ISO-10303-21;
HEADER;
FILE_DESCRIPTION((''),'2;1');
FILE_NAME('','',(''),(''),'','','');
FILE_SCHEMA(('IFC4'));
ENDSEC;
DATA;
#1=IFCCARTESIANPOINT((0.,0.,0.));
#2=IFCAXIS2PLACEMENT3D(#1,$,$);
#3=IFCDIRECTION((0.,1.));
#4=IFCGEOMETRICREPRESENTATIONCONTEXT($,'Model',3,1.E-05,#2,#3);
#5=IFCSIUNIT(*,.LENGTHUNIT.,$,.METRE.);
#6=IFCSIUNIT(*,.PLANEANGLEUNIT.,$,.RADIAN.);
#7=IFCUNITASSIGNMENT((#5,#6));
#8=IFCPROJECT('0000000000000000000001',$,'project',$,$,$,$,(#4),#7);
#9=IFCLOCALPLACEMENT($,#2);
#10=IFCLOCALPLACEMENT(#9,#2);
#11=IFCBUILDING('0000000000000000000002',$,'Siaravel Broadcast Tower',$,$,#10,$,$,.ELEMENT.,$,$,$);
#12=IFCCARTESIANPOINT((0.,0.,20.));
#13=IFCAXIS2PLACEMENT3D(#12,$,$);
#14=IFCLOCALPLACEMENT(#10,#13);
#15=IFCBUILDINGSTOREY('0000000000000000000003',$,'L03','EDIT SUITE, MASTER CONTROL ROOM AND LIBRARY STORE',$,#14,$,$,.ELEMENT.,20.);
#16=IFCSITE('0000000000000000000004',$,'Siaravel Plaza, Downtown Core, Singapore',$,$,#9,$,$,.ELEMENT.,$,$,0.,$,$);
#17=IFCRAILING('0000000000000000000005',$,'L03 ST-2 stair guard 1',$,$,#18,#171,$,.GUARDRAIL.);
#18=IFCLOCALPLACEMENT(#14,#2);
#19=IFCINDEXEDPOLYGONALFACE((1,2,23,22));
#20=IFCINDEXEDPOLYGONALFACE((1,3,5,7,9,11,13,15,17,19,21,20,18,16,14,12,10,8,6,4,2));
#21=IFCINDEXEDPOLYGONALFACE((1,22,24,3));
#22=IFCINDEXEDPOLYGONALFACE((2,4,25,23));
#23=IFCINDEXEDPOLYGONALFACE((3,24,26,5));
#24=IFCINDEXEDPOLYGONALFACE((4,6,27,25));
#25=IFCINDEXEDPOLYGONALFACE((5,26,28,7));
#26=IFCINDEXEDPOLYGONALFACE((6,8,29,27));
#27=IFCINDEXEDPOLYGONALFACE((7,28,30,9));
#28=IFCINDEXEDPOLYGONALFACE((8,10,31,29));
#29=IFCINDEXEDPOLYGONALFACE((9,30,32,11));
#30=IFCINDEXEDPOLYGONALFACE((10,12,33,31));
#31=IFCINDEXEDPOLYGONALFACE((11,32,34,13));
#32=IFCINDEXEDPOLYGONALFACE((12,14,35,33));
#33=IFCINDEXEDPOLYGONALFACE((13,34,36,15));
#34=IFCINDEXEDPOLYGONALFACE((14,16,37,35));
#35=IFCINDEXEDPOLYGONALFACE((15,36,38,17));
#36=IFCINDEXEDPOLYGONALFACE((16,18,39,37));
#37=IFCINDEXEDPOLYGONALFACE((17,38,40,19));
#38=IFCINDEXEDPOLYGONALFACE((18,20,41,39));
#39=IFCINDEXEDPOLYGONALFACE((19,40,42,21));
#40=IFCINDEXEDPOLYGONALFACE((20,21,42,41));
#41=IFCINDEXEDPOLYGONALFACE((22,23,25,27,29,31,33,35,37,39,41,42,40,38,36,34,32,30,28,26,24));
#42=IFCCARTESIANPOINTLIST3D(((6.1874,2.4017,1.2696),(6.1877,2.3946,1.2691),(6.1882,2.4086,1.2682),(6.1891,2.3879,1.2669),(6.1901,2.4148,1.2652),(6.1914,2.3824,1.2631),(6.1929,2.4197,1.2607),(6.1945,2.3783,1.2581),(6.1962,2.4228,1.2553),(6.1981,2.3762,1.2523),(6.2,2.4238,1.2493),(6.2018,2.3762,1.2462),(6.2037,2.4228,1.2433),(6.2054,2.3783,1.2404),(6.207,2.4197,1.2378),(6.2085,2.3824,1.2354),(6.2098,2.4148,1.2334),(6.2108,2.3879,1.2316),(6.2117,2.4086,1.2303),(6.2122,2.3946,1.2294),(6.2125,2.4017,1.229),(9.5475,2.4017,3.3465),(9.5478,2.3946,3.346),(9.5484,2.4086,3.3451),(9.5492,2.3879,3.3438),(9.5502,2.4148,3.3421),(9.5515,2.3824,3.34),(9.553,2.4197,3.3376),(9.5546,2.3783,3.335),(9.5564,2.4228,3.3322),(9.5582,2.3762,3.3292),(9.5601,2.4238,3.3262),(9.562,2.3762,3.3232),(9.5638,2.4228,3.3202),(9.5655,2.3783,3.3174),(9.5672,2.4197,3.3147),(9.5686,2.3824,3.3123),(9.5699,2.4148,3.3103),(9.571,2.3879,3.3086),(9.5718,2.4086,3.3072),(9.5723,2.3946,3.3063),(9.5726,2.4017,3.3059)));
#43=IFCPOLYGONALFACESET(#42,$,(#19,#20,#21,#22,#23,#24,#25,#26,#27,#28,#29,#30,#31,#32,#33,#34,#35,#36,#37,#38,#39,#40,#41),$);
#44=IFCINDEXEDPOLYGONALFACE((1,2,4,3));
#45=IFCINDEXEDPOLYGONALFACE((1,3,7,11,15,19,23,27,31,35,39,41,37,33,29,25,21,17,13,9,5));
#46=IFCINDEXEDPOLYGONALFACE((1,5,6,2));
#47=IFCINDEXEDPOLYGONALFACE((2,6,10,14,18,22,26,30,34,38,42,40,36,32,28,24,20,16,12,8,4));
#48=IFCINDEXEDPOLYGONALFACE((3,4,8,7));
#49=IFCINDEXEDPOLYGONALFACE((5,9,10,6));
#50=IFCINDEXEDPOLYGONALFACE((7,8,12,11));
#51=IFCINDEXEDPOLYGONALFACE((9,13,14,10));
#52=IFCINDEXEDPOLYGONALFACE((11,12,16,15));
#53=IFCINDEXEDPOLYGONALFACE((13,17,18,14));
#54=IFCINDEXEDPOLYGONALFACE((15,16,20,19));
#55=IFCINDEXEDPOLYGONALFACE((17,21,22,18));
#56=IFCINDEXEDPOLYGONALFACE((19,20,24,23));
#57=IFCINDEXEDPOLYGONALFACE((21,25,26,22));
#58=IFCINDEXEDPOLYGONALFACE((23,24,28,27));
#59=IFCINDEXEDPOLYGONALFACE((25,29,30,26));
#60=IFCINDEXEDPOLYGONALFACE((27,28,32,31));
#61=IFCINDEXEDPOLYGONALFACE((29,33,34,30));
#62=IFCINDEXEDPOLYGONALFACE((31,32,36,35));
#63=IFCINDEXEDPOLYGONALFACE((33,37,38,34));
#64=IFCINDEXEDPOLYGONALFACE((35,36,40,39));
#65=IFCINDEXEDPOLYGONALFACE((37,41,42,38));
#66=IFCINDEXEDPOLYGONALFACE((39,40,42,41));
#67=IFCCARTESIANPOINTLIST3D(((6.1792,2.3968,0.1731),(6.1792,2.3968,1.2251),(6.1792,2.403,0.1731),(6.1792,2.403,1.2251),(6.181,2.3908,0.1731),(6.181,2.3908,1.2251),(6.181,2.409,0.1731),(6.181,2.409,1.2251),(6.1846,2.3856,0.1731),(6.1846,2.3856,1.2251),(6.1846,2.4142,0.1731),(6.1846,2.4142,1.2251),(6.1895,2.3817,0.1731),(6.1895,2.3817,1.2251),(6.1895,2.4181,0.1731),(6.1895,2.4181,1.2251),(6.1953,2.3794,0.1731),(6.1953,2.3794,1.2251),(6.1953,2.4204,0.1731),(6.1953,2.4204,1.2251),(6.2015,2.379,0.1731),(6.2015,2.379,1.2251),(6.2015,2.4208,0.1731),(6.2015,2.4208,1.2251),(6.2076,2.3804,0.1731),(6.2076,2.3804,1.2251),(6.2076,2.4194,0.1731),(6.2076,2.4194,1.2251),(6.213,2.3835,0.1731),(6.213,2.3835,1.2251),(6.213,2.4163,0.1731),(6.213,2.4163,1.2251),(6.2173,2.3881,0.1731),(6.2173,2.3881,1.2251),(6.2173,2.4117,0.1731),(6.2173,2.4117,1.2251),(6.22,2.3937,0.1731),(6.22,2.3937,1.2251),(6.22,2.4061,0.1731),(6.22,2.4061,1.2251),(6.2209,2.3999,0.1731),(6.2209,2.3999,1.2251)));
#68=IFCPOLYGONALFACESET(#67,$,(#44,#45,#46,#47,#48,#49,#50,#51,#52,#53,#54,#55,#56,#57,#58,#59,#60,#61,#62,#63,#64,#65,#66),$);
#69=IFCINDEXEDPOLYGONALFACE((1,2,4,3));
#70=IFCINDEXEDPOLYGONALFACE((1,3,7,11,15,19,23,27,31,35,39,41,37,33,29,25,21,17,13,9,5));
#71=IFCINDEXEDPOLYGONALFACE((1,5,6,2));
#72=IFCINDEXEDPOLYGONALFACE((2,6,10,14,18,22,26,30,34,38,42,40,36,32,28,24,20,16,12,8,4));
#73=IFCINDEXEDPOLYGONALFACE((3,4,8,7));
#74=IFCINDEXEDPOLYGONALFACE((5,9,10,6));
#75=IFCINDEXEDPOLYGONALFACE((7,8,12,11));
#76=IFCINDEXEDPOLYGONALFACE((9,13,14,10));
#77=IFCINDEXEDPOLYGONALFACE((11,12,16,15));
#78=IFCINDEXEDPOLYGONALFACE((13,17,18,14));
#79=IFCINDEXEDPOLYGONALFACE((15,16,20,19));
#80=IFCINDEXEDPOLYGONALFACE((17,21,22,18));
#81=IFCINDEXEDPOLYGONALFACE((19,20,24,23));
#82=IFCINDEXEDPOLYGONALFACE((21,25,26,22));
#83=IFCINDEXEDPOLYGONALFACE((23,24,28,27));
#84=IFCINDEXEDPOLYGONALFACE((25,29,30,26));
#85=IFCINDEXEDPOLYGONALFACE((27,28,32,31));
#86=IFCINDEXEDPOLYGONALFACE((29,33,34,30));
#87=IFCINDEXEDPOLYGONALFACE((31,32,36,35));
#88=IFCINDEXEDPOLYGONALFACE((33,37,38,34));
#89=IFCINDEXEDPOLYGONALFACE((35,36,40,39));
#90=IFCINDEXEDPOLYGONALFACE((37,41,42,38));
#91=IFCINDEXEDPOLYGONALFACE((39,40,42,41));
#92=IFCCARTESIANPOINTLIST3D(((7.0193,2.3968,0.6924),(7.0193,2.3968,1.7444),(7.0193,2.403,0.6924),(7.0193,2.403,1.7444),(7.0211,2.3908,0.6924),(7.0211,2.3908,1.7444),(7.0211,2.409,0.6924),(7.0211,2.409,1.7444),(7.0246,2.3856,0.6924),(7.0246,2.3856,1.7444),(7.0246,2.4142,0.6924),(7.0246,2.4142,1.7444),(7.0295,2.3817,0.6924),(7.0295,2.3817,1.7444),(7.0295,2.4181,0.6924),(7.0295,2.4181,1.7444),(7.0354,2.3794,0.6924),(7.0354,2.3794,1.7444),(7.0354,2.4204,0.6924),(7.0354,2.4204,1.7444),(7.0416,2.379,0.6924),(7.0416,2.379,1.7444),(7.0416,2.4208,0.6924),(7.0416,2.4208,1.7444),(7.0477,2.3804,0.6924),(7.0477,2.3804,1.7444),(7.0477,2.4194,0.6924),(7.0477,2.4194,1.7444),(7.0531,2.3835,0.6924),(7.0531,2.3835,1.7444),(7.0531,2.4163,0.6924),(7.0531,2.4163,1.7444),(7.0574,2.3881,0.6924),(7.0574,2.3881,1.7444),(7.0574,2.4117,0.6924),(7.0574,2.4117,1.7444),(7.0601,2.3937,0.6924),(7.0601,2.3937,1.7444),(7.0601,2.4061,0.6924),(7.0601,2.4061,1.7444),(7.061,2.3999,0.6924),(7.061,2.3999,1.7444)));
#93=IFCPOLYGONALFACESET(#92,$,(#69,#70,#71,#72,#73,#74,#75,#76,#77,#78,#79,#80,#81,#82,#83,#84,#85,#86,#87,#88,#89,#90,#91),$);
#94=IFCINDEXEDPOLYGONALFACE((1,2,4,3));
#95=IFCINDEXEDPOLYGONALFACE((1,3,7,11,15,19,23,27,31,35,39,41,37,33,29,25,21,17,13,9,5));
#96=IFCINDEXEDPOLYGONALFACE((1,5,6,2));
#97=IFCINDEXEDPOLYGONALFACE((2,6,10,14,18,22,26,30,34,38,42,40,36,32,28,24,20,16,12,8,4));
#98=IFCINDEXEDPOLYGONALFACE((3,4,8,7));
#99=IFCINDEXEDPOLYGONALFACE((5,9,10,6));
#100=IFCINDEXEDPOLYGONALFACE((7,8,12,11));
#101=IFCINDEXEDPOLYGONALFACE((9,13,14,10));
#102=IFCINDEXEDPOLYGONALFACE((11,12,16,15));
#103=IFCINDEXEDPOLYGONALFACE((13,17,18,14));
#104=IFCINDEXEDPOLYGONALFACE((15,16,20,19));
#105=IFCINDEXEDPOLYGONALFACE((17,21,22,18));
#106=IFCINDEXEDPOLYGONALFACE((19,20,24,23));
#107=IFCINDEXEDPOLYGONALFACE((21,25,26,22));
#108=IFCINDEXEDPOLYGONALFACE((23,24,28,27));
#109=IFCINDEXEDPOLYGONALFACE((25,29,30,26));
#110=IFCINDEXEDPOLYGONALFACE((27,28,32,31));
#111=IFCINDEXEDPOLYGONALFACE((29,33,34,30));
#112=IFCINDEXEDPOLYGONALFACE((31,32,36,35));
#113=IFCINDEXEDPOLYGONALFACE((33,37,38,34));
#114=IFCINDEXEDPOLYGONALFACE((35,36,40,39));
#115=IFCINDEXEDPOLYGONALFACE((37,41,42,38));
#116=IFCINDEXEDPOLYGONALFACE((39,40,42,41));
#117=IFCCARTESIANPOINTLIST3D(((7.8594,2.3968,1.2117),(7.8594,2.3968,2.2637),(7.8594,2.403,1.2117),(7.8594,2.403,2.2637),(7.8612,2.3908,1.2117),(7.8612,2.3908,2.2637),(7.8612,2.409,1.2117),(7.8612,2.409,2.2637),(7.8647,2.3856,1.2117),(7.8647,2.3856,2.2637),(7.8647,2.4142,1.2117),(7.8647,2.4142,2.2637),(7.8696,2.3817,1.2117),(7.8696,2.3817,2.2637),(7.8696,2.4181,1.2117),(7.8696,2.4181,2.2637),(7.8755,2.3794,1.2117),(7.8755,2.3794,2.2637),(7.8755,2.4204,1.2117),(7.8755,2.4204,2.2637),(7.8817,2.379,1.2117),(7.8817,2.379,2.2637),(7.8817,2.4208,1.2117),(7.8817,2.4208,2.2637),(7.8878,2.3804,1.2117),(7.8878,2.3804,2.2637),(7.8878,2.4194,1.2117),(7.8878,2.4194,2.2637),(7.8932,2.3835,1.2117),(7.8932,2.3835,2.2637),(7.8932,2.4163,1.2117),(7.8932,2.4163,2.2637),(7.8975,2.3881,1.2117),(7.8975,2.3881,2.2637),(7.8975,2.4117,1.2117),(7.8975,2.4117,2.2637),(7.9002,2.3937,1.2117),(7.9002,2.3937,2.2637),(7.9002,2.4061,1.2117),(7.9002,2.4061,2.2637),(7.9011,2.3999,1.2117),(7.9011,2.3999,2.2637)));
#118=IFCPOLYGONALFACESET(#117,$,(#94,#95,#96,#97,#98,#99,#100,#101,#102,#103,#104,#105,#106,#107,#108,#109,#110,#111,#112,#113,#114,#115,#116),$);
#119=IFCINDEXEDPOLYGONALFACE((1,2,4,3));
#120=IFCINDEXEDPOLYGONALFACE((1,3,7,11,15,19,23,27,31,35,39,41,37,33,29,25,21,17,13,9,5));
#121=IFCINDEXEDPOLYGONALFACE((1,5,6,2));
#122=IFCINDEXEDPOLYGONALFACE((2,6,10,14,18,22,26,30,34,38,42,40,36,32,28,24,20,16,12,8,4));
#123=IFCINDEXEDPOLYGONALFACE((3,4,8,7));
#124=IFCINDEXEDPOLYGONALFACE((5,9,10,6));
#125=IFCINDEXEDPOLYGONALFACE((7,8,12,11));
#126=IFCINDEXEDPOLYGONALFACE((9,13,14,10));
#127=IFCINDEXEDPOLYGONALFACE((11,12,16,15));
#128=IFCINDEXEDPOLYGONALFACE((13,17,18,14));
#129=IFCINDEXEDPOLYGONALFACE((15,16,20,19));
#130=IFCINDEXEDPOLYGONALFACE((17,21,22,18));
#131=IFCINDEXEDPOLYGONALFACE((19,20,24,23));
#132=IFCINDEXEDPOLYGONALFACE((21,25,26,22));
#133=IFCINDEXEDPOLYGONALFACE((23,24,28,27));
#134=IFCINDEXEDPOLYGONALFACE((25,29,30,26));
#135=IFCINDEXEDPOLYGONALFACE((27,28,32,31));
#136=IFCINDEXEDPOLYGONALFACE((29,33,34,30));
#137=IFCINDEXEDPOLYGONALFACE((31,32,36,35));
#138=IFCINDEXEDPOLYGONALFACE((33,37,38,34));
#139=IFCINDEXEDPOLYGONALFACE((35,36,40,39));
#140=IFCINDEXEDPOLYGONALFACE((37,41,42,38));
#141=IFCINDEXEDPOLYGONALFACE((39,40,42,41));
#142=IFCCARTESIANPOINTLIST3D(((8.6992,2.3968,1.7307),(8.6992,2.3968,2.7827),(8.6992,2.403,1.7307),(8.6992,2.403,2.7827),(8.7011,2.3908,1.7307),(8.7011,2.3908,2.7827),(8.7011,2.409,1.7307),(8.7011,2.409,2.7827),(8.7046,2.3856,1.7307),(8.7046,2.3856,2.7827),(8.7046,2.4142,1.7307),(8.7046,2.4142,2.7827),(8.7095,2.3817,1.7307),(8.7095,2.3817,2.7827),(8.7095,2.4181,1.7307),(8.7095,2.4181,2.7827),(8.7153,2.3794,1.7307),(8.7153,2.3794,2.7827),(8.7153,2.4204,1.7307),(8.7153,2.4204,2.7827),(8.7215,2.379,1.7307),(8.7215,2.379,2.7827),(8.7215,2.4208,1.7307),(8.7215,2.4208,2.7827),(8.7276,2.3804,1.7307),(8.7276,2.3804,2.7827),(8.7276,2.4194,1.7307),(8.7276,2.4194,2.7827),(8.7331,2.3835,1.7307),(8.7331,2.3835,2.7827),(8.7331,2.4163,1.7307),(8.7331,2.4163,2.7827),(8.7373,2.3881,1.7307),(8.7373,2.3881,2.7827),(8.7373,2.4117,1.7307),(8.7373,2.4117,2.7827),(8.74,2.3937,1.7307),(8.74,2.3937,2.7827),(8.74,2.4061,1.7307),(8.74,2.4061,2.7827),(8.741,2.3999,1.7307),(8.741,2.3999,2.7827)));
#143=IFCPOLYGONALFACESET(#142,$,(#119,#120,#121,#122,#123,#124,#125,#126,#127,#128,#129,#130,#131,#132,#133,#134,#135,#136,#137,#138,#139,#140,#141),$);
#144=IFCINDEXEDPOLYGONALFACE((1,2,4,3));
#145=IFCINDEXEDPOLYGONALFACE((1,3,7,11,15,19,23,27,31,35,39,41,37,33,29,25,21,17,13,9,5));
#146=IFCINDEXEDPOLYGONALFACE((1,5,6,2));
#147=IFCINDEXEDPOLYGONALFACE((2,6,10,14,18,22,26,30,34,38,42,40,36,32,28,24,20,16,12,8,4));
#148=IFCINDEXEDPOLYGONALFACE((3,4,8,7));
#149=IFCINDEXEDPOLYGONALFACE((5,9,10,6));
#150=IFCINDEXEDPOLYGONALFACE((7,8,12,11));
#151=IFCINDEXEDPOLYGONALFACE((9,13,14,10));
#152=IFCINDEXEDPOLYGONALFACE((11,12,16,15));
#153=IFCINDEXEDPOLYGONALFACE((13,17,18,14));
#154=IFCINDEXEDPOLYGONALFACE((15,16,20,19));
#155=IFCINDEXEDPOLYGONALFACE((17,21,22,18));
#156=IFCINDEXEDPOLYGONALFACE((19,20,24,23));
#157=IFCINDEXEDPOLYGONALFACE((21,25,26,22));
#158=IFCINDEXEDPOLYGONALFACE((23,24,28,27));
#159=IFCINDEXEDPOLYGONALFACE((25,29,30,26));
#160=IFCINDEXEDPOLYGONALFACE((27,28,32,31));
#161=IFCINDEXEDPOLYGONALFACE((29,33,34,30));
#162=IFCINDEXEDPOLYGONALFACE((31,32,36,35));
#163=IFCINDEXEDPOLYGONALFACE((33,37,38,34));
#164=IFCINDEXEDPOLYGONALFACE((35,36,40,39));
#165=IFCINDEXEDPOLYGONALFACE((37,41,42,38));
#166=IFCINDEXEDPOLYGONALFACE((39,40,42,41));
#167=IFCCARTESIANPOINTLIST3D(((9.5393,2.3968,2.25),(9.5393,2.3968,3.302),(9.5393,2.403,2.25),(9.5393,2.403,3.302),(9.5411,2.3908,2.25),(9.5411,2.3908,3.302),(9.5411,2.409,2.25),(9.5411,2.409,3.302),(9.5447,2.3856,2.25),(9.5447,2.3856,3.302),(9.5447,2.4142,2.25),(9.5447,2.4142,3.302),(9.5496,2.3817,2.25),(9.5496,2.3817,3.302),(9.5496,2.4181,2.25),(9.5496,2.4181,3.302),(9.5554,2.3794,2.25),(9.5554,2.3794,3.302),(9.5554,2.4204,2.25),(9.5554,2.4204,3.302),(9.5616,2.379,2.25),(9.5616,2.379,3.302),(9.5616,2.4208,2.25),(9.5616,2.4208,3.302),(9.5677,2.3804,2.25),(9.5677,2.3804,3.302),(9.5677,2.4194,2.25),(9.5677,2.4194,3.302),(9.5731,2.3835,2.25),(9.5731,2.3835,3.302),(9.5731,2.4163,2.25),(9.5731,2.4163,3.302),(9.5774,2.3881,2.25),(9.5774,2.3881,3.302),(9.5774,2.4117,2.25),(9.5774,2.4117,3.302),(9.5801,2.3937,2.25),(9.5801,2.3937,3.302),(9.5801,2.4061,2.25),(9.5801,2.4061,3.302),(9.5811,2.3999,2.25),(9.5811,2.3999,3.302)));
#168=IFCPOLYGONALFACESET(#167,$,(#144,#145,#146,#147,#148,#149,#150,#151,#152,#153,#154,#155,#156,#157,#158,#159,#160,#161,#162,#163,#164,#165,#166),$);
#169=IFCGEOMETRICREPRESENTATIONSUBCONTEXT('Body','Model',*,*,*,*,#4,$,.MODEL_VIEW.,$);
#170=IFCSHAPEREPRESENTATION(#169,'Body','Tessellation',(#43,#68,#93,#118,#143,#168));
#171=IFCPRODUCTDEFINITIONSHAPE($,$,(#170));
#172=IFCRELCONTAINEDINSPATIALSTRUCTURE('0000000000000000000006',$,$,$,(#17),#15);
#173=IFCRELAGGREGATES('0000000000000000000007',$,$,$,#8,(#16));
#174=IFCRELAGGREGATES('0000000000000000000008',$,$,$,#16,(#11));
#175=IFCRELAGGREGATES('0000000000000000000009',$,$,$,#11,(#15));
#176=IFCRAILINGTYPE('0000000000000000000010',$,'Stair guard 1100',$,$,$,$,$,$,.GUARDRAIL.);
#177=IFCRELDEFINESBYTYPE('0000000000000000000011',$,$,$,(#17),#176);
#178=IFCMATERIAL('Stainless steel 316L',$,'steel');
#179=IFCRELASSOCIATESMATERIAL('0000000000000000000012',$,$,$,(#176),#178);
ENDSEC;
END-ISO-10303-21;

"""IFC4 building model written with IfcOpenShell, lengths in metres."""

from ifc_helpers import new_model, si_unit, direction, frame, origin, origin_2d, place, context, subcontext, project, spatial, circle, extrude, material, type_object, element, save


model = new_model("IFC4")

# Units and contexts
model_context = context("Model", 3, precision=1e-05, world=origin(), true_north=direction((0.0, 1.0)))
body_context = subcontext(model_context, "Body", "Model", "MODEL_VIEW")
ifc_project = project(units=[si_unit("LENGTHUNIT", "METRE"), si_unit("PLANEANGLEUNIT", "RADIAN")], contexts=[model_context])

# Site, building, storey
site_placement = place(None, origin())
site = spatial("IfcSite", under=ifc_project, at=site_placement, Name="Siaravel Plaza, Downtown Core, Singapore", CompositionType="ELEMENT", RefElevation=0.0)
building_placement = place(site_placement, origin())
building = spatial("IfcBuilding", under=site, at=building_placement, Name="Siaravel Broadcast Tower", CompositionType="ELEMENT")
storey_placement = place(building_placement, frame((0.0, 0.0, 20.0)))
storey = spatial("IfcBuildingStorey", under=building, at=storey_placement, Name="L03", Description="EDIT SUITE, MASTER CONTROL ROOM AND LIBRARY STORE", CompositionType="ELEMENT", Elevation=20.0)

# Railing
ifc_material_1 = material(Name="Stainless steel 316L", Category="steel")
railing_type_1 = type_object("IfcRailingType", Name="Stair guard 1100", PredefinedType="GUARDRAIL", material=ifc_material_1)
railing_1_placement = place(storey_placement, frame((6.2, 2.3999, 0.1731)))
element("IfcRailing", 1, at=railing_1_placement, inside=storey, type_object=railing_type_1, Name="L03 ST-2 stair guard 1", PredefinedType="GUARDRAIL", context=body_context, shape_type="SweptSolid", body=[
    extrude(circle(Radius=0.0239, at=origin_2d()), frame((0.0, 0.0, 1.0762), z_axis=(0.850623, 0.0, 0.525776), x_axis=(0.0, 1.0, 0.0)), (0.0, 0.0, 1.0), 3.9502),
    extrude(circle(Radius=0.021, at=origin_2d()), origin(), (0.0, 0.0, 1.0), 1.052),
    extrude(circle(Radius=0.021, at=origin_2d()), frame((0.8401, 0.0, 0.5193)), (0.0, 0.0, 1.0), 1.052),
    extrude(circle(Radius=0.021, at=origin_2d()), frame((1.6802, 0.0, 1.0386)), (0.0, 0.0, 1.0), 1.052),
    extrude(circle(Radius=0.021, at=origin_2d()), frame((2.52, 0.0, 1.5576)), (0.0, 0.0, 1.0), 1.052),
    extrude(circle(Radius=0.021, at=origin_2d()), frame((3.3601, 0.0, 2.0769)), (0.0, 0.0, 1.0), 1.052),
])

save(model, "model.ifc")
